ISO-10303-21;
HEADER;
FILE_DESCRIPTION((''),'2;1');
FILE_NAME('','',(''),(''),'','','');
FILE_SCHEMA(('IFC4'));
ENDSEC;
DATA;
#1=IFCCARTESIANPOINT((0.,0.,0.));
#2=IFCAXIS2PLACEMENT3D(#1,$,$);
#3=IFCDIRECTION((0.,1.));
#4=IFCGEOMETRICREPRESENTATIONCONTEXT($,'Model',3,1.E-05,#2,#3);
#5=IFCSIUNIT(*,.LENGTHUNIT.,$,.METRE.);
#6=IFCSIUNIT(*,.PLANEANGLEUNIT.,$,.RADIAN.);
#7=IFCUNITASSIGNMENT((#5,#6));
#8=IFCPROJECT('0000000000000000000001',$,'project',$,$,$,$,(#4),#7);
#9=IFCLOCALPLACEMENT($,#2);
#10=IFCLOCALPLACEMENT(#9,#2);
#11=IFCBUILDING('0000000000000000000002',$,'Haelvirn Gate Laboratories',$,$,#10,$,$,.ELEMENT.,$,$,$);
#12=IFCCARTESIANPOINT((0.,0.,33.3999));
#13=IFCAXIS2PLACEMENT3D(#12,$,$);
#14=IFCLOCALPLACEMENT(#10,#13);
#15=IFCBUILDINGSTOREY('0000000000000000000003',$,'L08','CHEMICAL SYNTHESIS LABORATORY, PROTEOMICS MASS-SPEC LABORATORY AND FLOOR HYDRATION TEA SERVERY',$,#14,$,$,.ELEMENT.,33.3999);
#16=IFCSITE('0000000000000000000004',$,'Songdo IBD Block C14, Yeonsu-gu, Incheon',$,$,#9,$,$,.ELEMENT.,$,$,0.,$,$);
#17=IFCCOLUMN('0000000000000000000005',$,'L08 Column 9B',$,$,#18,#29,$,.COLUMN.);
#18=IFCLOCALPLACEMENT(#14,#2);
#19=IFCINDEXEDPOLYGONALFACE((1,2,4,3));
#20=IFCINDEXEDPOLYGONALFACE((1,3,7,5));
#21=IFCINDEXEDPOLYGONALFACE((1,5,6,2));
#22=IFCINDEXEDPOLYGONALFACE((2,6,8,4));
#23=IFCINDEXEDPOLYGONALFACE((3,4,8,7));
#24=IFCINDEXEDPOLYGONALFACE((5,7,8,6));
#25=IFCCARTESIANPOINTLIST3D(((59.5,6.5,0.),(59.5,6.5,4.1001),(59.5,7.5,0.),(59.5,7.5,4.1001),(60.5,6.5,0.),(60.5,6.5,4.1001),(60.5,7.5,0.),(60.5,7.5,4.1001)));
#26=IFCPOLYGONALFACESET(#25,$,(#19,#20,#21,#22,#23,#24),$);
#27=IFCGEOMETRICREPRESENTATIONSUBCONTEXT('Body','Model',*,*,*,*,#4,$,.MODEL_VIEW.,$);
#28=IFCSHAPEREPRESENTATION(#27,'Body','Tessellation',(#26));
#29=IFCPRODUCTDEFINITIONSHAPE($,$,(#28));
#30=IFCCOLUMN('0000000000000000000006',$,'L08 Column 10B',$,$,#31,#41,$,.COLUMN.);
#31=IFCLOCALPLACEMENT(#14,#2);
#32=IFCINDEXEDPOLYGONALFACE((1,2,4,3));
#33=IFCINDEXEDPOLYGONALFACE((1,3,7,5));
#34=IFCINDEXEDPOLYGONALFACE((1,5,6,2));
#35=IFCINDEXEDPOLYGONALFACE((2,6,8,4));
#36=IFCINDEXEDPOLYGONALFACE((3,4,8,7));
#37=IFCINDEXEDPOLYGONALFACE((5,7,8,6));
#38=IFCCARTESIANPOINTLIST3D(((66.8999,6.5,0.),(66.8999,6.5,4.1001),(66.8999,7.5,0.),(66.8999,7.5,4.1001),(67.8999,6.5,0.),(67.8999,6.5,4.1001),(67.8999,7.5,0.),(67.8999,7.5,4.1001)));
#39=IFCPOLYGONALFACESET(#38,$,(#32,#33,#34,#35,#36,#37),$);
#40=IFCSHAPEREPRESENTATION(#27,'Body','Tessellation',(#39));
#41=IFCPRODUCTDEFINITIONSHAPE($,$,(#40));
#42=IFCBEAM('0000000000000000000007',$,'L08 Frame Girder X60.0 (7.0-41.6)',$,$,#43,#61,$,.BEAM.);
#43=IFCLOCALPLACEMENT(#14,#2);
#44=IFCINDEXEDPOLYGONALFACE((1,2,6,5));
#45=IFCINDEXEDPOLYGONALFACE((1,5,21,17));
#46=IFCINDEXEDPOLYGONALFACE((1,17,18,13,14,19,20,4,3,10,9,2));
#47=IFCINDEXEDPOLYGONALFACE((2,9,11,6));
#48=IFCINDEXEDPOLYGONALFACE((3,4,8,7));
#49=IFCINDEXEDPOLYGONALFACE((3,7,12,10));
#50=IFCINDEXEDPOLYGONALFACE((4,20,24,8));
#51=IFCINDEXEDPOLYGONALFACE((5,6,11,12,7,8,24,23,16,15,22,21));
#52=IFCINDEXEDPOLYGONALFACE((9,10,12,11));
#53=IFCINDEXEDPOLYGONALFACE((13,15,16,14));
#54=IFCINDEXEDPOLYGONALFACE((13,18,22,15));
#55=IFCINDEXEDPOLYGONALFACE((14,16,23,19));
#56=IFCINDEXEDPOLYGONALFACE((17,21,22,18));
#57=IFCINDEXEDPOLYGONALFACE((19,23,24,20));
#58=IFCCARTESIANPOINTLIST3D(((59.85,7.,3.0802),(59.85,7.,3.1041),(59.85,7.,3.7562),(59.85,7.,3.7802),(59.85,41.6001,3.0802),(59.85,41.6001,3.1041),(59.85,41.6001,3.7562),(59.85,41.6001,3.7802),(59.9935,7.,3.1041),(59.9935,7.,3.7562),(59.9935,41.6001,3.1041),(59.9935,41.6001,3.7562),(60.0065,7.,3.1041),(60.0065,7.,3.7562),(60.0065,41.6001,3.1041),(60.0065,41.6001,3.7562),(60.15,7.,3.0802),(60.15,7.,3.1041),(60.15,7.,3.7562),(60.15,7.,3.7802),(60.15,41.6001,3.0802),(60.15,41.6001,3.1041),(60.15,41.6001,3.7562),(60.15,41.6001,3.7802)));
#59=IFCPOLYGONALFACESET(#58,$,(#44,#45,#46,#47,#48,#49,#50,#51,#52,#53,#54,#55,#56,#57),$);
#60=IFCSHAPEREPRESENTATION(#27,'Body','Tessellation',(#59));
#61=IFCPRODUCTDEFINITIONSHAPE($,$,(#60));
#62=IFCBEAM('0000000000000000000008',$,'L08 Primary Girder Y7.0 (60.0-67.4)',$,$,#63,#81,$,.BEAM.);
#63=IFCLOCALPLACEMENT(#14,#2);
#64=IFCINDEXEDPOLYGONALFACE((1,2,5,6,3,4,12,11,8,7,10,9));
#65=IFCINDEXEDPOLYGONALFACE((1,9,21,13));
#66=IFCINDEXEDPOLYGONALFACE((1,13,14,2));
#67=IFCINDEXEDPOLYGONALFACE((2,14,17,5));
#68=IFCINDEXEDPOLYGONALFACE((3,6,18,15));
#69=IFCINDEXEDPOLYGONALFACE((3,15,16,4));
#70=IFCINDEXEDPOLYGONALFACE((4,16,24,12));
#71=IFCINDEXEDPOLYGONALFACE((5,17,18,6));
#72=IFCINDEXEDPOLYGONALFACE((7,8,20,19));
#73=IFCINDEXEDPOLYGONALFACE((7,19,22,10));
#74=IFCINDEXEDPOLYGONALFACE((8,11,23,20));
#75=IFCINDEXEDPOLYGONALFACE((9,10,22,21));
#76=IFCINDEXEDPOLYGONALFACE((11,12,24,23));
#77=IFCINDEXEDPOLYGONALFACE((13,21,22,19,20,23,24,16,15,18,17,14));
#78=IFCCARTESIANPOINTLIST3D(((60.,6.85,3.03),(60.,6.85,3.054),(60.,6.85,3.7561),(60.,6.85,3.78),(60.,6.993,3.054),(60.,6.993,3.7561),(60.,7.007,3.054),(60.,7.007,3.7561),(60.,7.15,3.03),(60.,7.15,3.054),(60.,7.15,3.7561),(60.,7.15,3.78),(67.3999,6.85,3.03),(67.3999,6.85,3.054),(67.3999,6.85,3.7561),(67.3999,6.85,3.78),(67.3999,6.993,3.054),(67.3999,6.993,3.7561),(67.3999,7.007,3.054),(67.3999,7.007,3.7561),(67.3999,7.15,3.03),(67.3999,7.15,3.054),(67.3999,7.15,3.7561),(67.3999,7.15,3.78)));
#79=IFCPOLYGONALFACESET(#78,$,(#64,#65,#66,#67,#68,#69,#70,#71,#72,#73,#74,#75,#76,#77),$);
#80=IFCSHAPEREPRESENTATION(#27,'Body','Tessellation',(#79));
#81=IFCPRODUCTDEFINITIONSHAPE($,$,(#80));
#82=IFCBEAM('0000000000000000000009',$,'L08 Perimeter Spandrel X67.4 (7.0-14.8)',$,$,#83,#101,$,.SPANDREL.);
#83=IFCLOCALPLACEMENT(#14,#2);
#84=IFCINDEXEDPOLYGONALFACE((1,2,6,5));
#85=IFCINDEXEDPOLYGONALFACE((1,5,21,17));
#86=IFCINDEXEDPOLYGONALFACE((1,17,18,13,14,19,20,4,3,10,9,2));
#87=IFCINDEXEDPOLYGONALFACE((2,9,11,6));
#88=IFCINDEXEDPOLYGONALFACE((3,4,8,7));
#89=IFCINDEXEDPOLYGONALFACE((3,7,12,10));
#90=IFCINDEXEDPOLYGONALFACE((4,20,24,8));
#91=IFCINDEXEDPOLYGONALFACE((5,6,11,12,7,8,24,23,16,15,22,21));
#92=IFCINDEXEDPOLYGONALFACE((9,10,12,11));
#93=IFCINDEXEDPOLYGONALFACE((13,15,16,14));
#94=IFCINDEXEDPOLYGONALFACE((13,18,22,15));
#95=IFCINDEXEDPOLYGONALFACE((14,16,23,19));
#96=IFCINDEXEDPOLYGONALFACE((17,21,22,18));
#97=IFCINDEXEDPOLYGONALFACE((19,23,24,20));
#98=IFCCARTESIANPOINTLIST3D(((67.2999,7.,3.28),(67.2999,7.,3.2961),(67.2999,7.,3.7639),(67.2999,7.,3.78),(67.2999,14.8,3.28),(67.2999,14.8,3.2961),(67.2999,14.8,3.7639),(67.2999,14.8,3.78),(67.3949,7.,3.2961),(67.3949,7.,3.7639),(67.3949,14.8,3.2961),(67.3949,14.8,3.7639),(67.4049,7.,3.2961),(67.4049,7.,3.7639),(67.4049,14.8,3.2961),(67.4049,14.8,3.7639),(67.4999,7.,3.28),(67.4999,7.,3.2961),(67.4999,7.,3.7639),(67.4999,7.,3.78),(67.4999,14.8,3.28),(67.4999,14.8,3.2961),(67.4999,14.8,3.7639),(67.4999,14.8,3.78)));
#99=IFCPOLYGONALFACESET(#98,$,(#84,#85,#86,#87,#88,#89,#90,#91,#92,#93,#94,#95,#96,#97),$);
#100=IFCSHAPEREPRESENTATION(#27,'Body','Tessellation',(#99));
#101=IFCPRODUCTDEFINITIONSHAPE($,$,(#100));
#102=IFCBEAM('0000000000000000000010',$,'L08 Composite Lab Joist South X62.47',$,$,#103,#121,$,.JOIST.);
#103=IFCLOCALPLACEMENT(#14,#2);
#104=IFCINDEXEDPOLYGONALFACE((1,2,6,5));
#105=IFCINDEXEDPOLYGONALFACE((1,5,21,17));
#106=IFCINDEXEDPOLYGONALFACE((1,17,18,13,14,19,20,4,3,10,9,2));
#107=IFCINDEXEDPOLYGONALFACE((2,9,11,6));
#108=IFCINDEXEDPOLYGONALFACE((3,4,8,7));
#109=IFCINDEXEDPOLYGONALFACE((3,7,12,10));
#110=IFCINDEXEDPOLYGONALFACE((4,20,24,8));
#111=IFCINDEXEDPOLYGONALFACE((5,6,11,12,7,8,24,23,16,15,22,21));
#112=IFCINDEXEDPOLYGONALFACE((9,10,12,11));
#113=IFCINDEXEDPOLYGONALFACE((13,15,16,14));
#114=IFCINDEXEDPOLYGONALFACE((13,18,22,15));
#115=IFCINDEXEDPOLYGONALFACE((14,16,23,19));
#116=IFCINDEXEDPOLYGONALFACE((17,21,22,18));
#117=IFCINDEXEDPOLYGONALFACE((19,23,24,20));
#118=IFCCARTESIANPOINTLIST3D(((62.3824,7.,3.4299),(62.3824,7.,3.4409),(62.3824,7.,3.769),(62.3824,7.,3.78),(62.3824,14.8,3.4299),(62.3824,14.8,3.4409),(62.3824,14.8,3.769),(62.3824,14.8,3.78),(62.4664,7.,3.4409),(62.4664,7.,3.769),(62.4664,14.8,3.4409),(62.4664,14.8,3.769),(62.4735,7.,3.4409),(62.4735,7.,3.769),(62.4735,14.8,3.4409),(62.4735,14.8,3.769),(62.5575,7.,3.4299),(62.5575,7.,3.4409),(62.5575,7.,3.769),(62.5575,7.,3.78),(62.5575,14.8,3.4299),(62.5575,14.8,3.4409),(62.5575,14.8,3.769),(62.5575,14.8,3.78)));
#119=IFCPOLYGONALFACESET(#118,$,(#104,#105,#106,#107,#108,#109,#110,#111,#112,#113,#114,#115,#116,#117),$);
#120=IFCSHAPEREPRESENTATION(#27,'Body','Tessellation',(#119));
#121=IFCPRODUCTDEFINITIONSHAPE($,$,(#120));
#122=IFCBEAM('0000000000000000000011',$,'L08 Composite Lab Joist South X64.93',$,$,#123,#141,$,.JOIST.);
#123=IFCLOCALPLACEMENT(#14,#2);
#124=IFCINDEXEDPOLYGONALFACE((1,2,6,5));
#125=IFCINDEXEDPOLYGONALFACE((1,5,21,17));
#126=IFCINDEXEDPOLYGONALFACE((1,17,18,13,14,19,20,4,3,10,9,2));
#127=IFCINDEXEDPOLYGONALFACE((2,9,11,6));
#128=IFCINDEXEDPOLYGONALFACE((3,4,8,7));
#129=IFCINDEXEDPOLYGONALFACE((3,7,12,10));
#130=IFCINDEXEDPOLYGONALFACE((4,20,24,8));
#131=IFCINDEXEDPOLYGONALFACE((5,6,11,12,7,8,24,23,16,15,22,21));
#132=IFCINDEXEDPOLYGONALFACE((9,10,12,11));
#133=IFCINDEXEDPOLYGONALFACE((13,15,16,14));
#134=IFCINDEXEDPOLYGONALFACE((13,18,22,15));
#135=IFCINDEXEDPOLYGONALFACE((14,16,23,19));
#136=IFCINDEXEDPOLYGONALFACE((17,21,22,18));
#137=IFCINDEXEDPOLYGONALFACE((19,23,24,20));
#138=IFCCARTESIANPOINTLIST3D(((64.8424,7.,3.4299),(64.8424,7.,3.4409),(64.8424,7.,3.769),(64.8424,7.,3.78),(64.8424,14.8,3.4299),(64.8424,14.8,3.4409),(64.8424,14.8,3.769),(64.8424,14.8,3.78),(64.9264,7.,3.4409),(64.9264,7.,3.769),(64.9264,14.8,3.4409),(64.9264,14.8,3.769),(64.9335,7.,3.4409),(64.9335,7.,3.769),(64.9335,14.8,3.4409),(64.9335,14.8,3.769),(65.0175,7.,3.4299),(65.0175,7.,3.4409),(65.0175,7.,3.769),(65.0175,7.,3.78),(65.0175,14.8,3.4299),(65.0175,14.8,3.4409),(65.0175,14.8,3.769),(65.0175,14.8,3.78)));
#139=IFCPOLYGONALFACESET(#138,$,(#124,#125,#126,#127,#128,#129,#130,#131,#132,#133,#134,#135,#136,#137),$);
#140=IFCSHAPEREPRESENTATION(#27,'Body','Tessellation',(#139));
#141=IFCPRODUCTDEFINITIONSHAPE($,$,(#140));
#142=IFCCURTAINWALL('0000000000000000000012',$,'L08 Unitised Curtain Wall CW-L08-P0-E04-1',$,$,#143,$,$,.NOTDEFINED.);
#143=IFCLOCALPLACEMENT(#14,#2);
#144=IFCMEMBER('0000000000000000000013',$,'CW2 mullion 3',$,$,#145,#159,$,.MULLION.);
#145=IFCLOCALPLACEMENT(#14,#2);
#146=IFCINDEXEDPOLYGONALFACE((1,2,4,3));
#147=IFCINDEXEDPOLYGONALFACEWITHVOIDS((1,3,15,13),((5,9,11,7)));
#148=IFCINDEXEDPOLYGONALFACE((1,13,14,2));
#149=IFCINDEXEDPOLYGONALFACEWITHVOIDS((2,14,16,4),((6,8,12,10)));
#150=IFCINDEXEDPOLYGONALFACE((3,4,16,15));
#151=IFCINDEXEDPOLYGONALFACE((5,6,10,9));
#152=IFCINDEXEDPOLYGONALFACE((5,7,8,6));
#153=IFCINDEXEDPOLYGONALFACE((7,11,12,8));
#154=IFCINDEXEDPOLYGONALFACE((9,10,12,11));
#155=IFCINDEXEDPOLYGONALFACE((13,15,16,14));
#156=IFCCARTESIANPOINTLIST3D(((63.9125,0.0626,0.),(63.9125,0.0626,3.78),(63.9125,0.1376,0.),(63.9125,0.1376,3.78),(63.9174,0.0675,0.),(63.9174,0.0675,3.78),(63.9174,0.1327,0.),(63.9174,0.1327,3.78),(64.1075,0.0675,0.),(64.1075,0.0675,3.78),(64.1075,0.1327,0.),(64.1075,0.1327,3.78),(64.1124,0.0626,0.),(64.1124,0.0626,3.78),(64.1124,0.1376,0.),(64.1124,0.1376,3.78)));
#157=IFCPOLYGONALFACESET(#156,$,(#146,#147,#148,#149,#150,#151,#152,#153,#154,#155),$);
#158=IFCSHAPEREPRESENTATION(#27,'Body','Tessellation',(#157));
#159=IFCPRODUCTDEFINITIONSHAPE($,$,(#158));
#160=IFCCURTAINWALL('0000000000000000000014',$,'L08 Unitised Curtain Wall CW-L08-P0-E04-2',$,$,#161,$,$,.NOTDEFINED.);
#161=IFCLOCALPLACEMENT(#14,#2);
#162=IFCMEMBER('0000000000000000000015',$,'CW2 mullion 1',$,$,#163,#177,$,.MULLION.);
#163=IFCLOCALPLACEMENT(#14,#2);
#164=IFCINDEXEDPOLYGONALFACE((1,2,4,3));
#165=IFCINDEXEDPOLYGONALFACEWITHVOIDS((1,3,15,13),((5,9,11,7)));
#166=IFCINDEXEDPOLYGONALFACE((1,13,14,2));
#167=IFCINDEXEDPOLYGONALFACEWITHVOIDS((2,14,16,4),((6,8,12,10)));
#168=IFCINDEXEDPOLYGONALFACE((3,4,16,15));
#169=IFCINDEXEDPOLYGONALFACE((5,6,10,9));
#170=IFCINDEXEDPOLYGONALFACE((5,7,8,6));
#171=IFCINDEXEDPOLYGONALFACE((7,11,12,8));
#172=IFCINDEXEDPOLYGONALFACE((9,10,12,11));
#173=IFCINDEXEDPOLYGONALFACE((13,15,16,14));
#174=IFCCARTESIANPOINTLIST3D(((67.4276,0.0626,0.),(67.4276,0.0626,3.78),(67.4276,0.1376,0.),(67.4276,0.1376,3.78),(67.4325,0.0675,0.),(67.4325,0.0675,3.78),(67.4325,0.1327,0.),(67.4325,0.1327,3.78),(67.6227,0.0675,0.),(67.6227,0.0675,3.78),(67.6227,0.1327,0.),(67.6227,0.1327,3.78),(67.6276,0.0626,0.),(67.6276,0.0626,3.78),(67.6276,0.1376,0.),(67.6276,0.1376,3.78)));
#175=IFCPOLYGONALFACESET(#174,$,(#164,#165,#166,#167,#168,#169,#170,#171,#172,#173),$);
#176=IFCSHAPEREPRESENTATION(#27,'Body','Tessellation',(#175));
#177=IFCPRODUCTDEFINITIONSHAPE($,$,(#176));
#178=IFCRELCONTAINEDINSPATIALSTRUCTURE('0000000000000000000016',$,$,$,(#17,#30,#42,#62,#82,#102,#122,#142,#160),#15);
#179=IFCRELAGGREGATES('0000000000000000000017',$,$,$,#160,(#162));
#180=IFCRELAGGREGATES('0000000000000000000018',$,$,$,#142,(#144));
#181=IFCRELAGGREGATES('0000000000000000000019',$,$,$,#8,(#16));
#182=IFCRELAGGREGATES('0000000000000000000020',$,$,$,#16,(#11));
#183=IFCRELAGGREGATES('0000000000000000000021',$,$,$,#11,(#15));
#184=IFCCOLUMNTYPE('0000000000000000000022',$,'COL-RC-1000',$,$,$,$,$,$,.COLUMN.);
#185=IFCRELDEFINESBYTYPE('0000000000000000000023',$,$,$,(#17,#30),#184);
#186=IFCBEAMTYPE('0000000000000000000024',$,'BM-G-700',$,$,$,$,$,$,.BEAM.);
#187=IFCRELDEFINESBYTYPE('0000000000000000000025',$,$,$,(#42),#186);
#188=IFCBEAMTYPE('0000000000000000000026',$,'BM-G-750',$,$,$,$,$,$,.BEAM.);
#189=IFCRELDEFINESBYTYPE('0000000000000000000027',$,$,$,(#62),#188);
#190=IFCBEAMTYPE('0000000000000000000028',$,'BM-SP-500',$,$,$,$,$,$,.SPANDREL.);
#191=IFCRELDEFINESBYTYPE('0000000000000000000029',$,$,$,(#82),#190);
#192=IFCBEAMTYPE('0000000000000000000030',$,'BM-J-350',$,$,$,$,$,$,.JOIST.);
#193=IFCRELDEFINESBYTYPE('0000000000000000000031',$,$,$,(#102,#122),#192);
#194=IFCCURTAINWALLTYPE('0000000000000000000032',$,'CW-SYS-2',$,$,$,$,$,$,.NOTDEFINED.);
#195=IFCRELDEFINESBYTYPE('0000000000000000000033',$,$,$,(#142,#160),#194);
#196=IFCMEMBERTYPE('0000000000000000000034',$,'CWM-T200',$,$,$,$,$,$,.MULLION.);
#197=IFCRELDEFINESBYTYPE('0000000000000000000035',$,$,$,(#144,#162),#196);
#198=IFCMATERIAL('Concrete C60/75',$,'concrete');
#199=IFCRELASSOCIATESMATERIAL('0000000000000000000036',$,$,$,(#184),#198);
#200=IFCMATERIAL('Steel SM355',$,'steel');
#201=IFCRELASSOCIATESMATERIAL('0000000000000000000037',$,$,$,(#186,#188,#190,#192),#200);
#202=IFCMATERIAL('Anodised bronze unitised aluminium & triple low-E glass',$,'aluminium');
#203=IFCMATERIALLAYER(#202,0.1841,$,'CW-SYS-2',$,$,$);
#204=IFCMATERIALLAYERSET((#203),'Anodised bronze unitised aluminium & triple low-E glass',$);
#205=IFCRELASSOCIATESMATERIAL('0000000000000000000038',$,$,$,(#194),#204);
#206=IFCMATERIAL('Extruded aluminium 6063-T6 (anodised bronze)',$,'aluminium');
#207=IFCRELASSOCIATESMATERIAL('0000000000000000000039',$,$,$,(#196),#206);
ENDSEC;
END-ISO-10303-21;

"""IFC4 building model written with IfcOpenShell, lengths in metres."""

from ifc_helpers import new_model, si_unit, direction, frame, origin, origin_2d, place, context, subcontext, project, spatial, rectangle, hollow_rectangle, i_section, extrude, source, transform, mapped, material, layer, layer_set, material_profile, profile_set, type_object, type_shapes, element, aggregate, save


model = new_model("IFC4")

# Units and contexts
model_context = context("Model", 3, precision=1e-05, world=origin(), true_north=direction((0.0, 1.0)))
body_context = subcontext(model_context, "Body", "Model", "MODEL_VIEW")
ifc_project = project(units=[si_unit("LENGTHUNIT", "METRE"), si_unit("PLANEANGLEUNIT", "RADIAN")], contexts=[model_context])

# Site, building, storey
site_placement = place(None, origin())
site = spatial("IfcSite", under=ifc_project, at=site_placement, Name="Songdo IBD Block C14, Yeonsu-gu, Incheon", CompositionType="ELEMENT", RefElevation=0.0)
building_placement = place(site_placement, origin())
building = spatial("IfcBuilding", under=site, at=building_placement, Name="Haelvirn Gate Laboratories", CompositionType="ELEMENT")
storey_placement = place(building_placement, frame((0.0, 0.0, 33.3999)))
storey = spatial("IfcBuildingStorey", under=building, at=storey_placement, Name="L08", Description="CHEMICAL SYNTHESIS LABORATORY, PROTEOMICS MASS-SPEC LABORATORY AND FLOOR HYDRATION TEA SERVERY", CompositionType="ELEMENT", Elevation=33.3999)

# Columns
ifc_material_1 = material(Name="Concrete C60/75", Category="concrete")
ifc_material_profile_1 = material_profile(ifc_material_1, rectangle(XDim=1.0, YDim=1.0, at=origin_2d()), Name="RC-1000x1000")
ifc_profile_set_1 = profile_set([ifc_material_profile_1], Name="Concrete C60/75")
column_type = type_object("IfcColumnType", Name="COL-RC-1000", PredefinedType="COLUMN", material=ifc_profile_set_1)
shared_shape_1 = source(origin(), body_context, "Body", "SweptSolid", [
    extrude(rectangle(XDim=1.0, YDim=1.0, at=origin_2d()), origin(), (0.0, 0.0, 1.0), 4.1001),
])
type_shapes(column_type, [shared_shape_1])
for number, where, z_axis, x_axis, name in (
    (1, (60.0, 7.0, 0.0), (0.0, 0.0, 1.0), (1.0, 0.0, 0.0), "L08 Column 9B"),
    (2, (67.3999, 7.0, 0.0), (0.0, 0.0, 1.0), (1.0, 0.0, 0.0), "L08 Column 10B"),
):
    element("IfcColumn", number, at=place(storey_placement, frame(where, z_axis=z_axis, x_axis=x_axis)), inside=storey, type_object=column_type, Name=name, PredefinedType="COLUMN", context=body_context, shape_type="MappedRepresentation", body=[
        mapped(shared_shape_1, transform((0.0, 0.0, 0.0), scale=1.0)),
    ])

# Beams
ifc_material_2 = material(Name="Steel SM355", Category="steel")
ifc_material_profile_2 = material_profile(ifc_material_2, i_section(OverallWidth=0.3, OverallDepth=0.7, WebThickness=0.0129, FlangeThickness=0.0239, at=origin_2d()), Name="H-700x300x13x24")
ifc_profile_set_2 = profile_set([ifc_material_profile_2], Name="Steel SM355")
beam_type_1 = type_object("IfcBeamType", Name="BM-G-700", PredefinedType="BEAM", material=ifc_profile_set_2)
shared_shape_2 = source(origin(), body_context, "Body", "SweptSolid", [
    extrude(i_section(OverallWidth=0.3, OverallDepth=0.7, WebThickness=0.0129, FlangeThickness=0.0239, at=origin_2d()), origin(), (0.0, 0.0, 1.0), 34.6001),
])
type_shapes(beam_type_1, [shared_shape_2])
beam_1_placement = place(storey_placement, frame((60.0, 7.0, 3.4302), z_axis=(0.0, 1.0, 0.0), x_axis=(-1.0, 0.0, 0.0)))
element("IfcBeam", 3, at=beam_1_placement, inside=storey, type_object=beam_type_1, Name="L08 Frame Girder X60.0 (7.0-41.6)", PredefinedType="BEAM", context=body_context, shape_type="MappedRepresentation", body=[
    mapped(shared_shape_2, transform((0.0, 0.0, 0.0), scale=1.0)),
])
ifc_material_profile_3 = material_profile(ifc_material_2, i_section(OverallWidth=0.3, OverallDepth=0.75, WebThickness=0.0139, FlangeThickness=0.0239, at=origin_2d()), Name="H-750x300x14x24")
ifc_profile_set_3 = profile_set([ifc_material_profile_3], Name="Steel SM355")
beam_type_2 = type_object("IfcBeamType", Name="BM-G-750", PredefinedType="BEAM", material=ifc_profile_set_3)
shared_shape_3 = source(origin(), body_context, "Body", "SweptSolid", [
    extrude(i_section(OverallWidth=0.3, OverallDepth=0.75, WebThickness=0.0139, FlangeThickness=0.0239, at=origin_2d()), origin(), (0.0, 0.0, 1.0), 7.3999),
])
type_shapes(beam_type_2, [shared_shape_3])
beam_2_placement = place(storey_placement, frame((60.0, 7.0, 3.405), z_axis=(1.0, 0.0, 0.0), x_axis=(0.0, 1.0, 0.0)))
element("IfcBeam", 4, at=beam_2_placement, inside=storey, type_object=beam_type_2, Name="L08 Primary Girder Y7.0 (60.0-67.4)", PredefinedType="BEAM", context=body_context, shape_type="MappedRepresentation", body=[
    mapped(shared_shape_3, transform((0.0, 0.0, 0.0), scale=1.0)),
])
ifc_material_profile_4 = material_profile(ifc_material_2, i_section(OverallWidth=0.2, OverallDepth=0.5, WebThickness=0.01, FlangeThickness=0.0161, at=origin_2d()), Name="H-500x200x10x16")
ifc_profile_set_4 = profile_set([ifc_material_profile_4], Name="Steel SM355")
beam_type_3 = type_object("IfcBeamType", Name="BM-SP-500", PredefinedType="SPANDREL", material=ifc_profile_set_4)
shared_shape_4 = source(origin(), body_context, "Body", "SweptSolid", [
    extrude(i_section(OverallWidth=0.2, OverallDepth=0.5, WebThickness=0.01, FlangeThickness=0.0161, at=origin_2d()), origin(), (0.0, 0.0, 1.0), 7.8),
])
type_shapes(beam_type_3, [shared_shape_4])
beam_3_placement = place(storey_placement, frame((67.3999, 7.0, 3.53), z_axis=(0.0, 1.0, 0.0), x_axis=(-1.0, 0.0, 0.0)))
element("IfcBeam", 5, at=beam_3_placement, inside=storey, type_object=beam_type_3, Name="L08 Perimeter Spandrel X67.4 (7.0-14.8)", PredefinedType="SPANDREL", context=body_context, shape_type="MappedRepresentation", body=[
    mapped(shared_shape_4, transform((0.0, 0.0, 0.0), scale=1.0)),
])
ifc_material_profile_5 = material_profile(ifc_material_2, i_section(OverallWidth=0.175, OverallDepth=0.3501, WebThickness=0.0071, FlangeThickness=0.011, at=origin_2d()), Name="H-350x175x7x11")
ifc_profile_set_5 = profile_set([ifc_material_profile_5], Name="Steel SM355")
beam_type_4 = type_object("IfcBeamType", Name="BM-J-350", PredefinedType="JOIST", material=ifc_profile_set_5)
shared_shape_5 = source(origin(), body_context, "Body", "SweptSolid", [
    extrude(i_section(OverallWidth=0.175, OverallDepth=0.3501, WebThickness=0.0071, FlangeThickness=0.011, at=origin_2d()), origin(), (0.0, 0.0, 1.0), 7.8),
])
type_shapes(beam_type_4, [shared_shape_5])
for number, where, z_axis, x_axis, name in (
    (6, (62.47, 7.0, 3.605), (0.0, 1.0, 0.0), (-1.0, 0.0, 0.0), "L08 Composite Lab Joist South X62.47"),
    (7, (64.9299, 7.0, 3.605), (0.0, 1.0, 0.0), (-1.0, 0.0, 0.0), "L08 Composite Lab Joist South X64.93"),
):
    element("IfcBeam", number, at=place(storey_placement, frame(where, z_axis=z_axis, x_axis=x_axis)), inside=storey, type_object=beam_type_4, Name=name, PredefinedType="JOIST", context=body_context, shape_type="MappedRepresentation", body=[
        mapped(shared_shape_5, transform((0.0, 0.0, 0.0), scale=1.0)),
    ])

# Curtain wall, member
ifc_material_3 = material(Name="Anodised bronze unitised aluminium & triple low-E glass", Category="aluminium")
ifc_layer_1 = layer(ifc_material_3, 0.1841, Name="CW-SYS-2")
ifc_layer_set_1 = layer_set([ifc_layer_1], Name="Anodised bronze unitised aluminium & triple low-E glass")
curtain_wall_type_1 = type_object("IfcCurtainWallType", Name="CW-SYS-2", PredefinedType="NOTDEFINED", material=ifc_layer_set_1)
curtain_wall_1_placement = place(storey_placement, origin())
curtain_wall_1 = element("IfcCurtainWall", 8, at=curtain_wall_1_placement, inside=storey, type_object=curtain_wall_type_1, Name="L08 Unitised Curtain Wall CW-L08-P0-E04-1", PredefinedType="NOTDEFINED")
ifc_material_4 = material(Name="Extruded aluminium 6063-T6 (anodised bronze)", Category="aluminium")
ifc_material_profile_6 = material_profile(ifc_material_4, hollow_rectangle(XDim=0.075, YDim=0.2, WallThickness=0.0049, at=origin_2d()), Name="CWM-200x75x5")
ifc_profile_set_6 = profile_set([ifc_material_profile_6], Name="Extruded aluminium 6063-T6 (anodised bronze)")
member_type_1 = type_object("IfcMemberType", Name="CWM-T200", PredefinedType="MULLION", material=ifc_profile_set_6)
shared_shape_6 = source(origin(), body_context, "Body", "SweptSolid", [
    extrude(hollow_rectangle(XDim=0.075, YDim=0.2, WallThickness=0.0049, at=origin_2d()), origin(), (0.0, 0.0, 1.0), 3.78),
])
type_shapes(member_type_1, [shared_shape_6])
member_1_placement = place(storey_placement, frame((64.0125, 0.1001, 0.0), z_axis=(0.0, 0.0, 1.0), x_axis=(0.0, 1.0, 0.0)))
member_1 = element("IfcMember", 9, at=member_1_placement, type_object=member_type_1, Name="CW2 mullion 3", PredefinedType="MULLION", context=body_context, shape_type="MappedRepresentation", body=[
    mapped(shared_shape_6, transform((0.0, 0.0, 0.0), scale=1.0)),
])

# Curtain wall, member
curtain_wall_2_placement = place(storey_placement, origin())
curtain_wall_2 = element("IfcCurtainWall", 10, at=curtain_wall_2_placement, inside=storey, type_object=curtain_wall_type_1, Name="L08 Unitised Curtain Wall CW-L08-P0-E04-2", PredefinedType="NOTDEFINED")
member_2_placement = place(storey_placement, frame((67.5276, 0.1001, 0.0), z_axis=(0.0, 0.0, 1.0), x_axis=(0.0, 1.0, 0.0)))
member_2 = element("IfcMember", 11, at=member_2_placement, type_object=member_type_1, Name="CW2 mullion 1", PredefinedType="MULLION", context=body_context, shape_type="MappedRepresentation", body=[
    mapped(shared_shape_6, transform((0.0, 0.0, 0.0), scale=1.0)),
])

aggregate(curtain_wall_2, [member_2])
aggregate(curtain_wall_1, [member_1])

save(model, "model.ifc")
